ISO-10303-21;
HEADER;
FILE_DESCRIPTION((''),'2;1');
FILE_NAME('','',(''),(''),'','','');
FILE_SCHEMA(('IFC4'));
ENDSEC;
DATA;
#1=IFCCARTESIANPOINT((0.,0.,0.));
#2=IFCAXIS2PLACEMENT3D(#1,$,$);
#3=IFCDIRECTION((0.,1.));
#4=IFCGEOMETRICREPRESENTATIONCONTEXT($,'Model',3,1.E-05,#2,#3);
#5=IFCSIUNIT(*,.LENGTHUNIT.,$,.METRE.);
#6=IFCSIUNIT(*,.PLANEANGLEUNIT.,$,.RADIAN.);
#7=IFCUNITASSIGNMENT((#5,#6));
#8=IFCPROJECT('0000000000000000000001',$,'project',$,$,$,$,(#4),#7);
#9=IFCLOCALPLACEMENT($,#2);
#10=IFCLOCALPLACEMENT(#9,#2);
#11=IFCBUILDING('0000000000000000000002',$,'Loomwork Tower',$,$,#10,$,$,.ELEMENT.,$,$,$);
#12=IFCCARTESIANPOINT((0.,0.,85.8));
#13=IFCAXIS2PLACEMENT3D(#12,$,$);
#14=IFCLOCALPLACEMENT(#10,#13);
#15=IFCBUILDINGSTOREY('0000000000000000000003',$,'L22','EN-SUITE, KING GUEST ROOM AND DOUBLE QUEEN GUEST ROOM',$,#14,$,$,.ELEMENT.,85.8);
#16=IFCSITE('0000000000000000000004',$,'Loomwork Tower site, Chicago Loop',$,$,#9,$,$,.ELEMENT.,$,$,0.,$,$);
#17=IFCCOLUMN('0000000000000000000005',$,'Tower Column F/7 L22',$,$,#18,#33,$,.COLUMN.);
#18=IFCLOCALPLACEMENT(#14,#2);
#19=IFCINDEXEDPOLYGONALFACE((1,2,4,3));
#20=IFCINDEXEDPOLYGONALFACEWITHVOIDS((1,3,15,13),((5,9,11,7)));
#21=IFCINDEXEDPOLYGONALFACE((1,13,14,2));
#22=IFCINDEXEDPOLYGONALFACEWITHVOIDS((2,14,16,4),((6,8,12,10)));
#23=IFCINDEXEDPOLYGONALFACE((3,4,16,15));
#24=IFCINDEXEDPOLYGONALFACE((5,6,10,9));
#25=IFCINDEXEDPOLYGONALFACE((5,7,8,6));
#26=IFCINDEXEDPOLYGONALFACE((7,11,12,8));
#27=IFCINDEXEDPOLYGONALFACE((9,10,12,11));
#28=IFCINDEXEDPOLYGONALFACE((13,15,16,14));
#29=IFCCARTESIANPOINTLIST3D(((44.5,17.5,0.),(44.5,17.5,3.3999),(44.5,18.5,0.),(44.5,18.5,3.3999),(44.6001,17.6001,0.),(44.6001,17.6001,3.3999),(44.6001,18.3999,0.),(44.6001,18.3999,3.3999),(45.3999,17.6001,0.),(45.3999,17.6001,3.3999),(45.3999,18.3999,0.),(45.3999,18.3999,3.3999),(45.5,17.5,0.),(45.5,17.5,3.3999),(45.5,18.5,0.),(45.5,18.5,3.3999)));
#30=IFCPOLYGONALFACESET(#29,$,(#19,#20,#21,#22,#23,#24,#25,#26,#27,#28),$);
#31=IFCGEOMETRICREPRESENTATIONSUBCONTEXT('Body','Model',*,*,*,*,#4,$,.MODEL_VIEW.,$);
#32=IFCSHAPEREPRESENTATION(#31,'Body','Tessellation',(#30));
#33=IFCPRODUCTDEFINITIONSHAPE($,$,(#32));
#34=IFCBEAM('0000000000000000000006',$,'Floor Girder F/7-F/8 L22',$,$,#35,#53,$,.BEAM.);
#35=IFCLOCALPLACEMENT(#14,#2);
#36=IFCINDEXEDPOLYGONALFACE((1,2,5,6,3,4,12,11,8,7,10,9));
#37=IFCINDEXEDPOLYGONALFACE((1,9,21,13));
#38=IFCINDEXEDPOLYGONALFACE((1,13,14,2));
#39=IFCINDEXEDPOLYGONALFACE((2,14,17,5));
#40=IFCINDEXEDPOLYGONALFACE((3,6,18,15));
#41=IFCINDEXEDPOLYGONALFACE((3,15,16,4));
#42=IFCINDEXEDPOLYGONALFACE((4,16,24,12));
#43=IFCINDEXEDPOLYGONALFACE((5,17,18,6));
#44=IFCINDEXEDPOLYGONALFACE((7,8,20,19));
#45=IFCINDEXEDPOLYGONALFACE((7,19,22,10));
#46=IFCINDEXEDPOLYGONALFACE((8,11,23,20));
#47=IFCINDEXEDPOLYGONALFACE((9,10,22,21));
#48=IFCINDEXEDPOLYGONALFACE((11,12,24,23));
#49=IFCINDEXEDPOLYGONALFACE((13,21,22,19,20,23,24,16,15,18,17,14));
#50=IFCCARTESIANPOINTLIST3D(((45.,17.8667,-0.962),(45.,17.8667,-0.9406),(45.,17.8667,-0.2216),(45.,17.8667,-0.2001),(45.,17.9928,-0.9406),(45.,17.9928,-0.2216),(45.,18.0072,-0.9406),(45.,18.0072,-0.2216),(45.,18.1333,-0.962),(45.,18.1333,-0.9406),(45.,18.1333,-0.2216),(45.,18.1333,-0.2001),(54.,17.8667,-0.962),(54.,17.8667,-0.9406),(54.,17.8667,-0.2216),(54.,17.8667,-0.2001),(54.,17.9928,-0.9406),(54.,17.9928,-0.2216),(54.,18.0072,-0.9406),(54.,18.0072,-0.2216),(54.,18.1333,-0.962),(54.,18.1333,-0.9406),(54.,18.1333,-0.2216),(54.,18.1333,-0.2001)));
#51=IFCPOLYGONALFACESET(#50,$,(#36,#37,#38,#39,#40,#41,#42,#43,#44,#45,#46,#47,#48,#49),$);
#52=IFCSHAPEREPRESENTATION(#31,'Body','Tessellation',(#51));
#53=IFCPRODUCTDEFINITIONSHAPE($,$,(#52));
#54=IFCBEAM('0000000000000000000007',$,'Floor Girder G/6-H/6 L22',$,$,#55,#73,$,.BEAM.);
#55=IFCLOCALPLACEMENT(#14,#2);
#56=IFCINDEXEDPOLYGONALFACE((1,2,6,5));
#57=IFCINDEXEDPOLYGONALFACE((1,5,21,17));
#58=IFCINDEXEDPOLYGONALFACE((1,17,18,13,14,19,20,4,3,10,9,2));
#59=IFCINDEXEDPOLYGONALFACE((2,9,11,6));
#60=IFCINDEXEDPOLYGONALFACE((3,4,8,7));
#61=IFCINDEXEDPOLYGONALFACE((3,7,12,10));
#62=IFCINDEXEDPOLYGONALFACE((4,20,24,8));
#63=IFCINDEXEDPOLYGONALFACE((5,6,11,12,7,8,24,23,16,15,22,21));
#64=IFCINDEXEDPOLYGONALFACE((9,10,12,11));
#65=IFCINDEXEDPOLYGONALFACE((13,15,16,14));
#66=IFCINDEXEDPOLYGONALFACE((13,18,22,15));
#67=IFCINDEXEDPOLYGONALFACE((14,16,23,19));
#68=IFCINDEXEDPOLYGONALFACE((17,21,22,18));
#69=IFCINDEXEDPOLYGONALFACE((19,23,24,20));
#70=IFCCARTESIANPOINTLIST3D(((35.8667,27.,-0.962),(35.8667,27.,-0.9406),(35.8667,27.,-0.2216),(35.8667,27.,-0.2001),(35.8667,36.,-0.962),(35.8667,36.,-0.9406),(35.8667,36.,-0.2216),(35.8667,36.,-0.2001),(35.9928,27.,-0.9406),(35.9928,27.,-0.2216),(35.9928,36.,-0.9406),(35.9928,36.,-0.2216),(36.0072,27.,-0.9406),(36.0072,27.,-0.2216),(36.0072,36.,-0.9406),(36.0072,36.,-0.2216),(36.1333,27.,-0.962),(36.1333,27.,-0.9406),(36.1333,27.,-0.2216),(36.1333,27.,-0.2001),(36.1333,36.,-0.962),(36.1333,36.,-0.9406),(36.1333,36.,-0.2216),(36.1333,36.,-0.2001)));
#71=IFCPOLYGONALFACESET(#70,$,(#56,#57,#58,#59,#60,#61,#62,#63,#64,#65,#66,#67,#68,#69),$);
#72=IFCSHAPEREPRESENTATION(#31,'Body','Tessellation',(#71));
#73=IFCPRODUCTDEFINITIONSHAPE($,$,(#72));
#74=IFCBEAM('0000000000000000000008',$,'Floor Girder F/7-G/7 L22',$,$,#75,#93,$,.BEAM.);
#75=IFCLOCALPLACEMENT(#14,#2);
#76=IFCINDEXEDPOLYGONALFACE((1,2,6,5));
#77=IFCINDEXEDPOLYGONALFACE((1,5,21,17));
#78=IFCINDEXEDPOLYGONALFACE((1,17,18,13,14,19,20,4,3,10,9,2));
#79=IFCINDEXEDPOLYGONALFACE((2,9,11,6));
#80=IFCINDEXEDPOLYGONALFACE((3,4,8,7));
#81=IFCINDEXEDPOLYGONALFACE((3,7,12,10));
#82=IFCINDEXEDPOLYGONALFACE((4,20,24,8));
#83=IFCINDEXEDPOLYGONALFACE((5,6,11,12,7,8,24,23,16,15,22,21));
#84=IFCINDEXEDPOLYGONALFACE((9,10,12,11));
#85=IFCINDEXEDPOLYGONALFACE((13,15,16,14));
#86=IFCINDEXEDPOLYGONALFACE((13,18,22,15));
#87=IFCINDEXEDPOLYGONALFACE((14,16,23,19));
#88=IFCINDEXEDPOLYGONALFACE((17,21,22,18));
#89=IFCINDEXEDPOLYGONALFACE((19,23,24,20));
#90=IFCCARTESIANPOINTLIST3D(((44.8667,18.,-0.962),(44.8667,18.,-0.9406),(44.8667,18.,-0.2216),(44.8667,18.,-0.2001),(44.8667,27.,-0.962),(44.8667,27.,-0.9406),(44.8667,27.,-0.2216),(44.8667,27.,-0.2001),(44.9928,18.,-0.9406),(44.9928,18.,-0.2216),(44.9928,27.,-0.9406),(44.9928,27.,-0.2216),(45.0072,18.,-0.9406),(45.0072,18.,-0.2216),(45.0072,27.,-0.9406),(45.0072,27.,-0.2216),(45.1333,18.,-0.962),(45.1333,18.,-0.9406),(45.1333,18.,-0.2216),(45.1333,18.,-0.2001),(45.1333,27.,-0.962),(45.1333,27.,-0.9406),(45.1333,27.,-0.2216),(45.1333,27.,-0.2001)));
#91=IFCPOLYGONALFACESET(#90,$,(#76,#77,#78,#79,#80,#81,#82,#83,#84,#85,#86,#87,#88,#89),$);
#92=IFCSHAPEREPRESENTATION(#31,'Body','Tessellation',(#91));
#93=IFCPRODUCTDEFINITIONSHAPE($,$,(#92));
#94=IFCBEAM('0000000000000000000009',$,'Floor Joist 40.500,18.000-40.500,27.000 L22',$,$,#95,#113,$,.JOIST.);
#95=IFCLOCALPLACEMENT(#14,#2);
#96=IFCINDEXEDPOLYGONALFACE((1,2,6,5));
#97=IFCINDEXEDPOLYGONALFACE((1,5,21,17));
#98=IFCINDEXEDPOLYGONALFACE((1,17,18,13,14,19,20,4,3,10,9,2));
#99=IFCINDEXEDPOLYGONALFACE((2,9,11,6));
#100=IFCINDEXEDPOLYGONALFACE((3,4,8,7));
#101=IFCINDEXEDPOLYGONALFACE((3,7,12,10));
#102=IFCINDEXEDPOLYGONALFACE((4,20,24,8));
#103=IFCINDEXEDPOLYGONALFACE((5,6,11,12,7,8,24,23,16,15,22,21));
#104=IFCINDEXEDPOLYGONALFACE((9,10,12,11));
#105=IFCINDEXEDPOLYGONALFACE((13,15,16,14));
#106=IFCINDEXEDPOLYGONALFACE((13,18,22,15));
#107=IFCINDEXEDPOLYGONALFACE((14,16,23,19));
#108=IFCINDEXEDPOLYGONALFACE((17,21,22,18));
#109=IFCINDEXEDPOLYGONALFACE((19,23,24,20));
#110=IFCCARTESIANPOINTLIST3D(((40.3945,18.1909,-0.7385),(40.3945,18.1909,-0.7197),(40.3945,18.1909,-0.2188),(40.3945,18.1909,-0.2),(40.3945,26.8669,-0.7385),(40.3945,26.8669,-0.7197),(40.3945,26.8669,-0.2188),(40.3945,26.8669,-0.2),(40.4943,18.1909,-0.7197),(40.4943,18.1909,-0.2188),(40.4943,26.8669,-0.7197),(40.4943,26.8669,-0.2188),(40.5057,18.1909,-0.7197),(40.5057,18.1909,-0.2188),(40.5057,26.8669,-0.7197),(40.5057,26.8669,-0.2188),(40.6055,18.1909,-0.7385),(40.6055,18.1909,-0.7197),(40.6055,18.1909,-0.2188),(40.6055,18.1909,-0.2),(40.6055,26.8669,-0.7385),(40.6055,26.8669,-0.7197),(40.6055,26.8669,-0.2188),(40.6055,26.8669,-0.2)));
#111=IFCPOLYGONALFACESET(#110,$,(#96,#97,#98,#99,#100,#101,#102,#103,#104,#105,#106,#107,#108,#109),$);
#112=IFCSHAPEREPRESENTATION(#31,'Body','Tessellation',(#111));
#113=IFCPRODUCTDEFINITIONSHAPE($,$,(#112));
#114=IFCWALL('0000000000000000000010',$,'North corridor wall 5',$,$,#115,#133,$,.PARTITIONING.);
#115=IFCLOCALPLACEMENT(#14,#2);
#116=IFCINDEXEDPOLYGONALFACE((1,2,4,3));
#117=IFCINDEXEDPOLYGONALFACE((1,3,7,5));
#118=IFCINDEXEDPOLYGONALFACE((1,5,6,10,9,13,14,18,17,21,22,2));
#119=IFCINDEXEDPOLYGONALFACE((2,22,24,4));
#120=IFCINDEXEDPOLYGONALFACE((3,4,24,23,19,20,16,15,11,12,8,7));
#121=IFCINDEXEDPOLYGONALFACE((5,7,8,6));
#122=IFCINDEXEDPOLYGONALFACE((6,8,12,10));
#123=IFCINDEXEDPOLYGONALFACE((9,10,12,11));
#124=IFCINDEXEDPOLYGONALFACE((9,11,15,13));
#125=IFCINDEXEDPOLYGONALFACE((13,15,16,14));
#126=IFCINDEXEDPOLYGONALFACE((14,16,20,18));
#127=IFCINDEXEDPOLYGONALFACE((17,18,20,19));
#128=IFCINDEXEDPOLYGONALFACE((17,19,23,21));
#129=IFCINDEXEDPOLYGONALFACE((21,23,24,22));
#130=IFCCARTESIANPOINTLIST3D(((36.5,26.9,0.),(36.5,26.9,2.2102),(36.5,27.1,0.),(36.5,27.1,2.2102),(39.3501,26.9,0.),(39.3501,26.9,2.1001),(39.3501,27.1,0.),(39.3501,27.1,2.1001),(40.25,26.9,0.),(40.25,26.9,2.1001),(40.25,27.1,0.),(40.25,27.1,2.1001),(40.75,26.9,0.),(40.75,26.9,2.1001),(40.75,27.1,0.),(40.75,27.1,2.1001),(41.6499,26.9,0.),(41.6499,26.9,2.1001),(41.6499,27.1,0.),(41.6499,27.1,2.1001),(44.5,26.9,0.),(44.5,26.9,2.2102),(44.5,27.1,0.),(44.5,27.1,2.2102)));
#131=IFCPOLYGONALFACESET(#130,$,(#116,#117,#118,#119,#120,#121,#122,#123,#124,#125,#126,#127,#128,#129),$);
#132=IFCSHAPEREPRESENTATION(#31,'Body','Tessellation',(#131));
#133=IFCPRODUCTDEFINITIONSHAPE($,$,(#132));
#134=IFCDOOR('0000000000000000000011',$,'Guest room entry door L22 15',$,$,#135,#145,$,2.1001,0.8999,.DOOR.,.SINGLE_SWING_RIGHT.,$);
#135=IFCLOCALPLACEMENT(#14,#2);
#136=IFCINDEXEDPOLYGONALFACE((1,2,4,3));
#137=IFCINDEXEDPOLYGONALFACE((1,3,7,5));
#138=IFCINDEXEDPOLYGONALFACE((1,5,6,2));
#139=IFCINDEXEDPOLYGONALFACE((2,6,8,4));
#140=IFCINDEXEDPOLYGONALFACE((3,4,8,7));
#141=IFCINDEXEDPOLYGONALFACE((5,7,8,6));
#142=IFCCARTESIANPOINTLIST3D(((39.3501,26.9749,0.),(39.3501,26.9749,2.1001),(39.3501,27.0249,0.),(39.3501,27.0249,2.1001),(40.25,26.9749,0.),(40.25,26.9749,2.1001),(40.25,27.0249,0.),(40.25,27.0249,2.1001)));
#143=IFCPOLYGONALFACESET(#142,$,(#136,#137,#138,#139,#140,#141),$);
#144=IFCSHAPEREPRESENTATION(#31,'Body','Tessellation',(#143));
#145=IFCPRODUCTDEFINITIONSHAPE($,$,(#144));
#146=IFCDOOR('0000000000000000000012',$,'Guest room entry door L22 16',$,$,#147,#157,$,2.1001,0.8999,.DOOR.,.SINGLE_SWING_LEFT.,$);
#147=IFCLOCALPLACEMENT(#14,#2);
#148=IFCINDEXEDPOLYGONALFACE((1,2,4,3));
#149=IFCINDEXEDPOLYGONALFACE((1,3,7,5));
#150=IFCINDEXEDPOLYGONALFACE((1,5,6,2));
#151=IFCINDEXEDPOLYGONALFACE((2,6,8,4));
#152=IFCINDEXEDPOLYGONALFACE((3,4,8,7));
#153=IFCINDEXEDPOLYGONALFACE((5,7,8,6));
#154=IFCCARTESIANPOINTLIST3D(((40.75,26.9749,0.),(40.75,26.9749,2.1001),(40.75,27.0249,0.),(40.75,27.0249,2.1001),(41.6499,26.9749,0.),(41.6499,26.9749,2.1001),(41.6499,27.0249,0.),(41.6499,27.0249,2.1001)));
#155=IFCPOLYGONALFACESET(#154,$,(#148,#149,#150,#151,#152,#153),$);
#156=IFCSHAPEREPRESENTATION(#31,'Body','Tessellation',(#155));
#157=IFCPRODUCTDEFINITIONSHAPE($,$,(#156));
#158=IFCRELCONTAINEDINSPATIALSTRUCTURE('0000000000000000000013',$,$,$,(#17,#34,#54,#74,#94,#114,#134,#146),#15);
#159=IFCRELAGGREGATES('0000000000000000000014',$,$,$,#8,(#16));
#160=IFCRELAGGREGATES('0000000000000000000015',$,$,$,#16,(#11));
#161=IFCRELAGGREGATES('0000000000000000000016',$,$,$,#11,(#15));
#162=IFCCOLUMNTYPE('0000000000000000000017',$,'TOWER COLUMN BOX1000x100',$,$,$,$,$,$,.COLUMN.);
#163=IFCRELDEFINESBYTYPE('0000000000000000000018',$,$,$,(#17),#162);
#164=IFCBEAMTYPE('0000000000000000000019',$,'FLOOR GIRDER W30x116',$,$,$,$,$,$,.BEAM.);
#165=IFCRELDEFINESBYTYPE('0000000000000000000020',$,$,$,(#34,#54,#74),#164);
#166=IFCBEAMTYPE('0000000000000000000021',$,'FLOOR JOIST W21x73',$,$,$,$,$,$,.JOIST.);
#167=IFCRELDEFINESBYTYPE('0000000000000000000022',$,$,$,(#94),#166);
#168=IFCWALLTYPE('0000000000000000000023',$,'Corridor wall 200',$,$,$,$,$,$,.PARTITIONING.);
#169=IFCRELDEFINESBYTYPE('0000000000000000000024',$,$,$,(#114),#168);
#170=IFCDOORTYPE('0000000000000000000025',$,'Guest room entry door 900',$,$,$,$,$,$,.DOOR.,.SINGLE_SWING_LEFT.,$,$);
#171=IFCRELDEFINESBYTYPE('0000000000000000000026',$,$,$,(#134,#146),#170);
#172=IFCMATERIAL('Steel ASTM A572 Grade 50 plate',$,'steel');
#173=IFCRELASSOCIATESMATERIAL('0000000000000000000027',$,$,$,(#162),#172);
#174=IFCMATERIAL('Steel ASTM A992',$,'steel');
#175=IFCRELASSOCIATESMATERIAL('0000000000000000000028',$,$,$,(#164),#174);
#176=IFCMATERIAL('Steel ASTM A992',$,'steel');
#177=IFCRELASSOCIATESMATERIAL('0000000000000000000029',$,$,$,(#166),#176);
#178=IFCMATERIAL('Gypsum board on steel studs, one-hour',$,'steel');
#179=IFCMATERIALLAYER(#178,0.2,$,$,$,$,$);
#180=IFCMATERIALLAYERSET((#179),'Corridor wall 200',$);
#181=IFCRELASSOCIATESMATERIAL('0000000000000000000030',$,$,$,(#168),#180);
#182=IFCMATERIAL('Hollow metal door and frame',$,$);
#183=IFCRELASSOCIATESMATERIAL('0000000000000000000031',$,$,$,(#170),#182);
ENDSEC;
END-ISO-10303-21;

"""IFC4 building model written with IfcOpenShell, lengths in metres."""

from ifc_helpers import new_model, si_unit, direction, frame, frame_2d, origin, origin_2d, place, context, subcontext, project, spatial, rectangle, hollow_rectangle, i_section, extrude, material, layer, layer_set, material_profile, profile_set, type_object, element, fill, save


model = new_model("IFC4")

# Units and contexts
model_context = context("Model", 3, precision=1e-05, world=origin(), true_north=direction((0.0, 1.0)))
body_context = subcontext(model_context, "Body", "Model", "MODEL_VIEW")
ifc_project = project(units=[si_unit("LENGTHUNIT", "METRE"), si_unit("PLANEANGLEUNIT", "RADIAN")], contexts=[model_context])

# Site, building, storey
site_placement = place(None, origin())
site = spatial("IfcSite", under=ifc_project, at=site_placement, Name="Loomwork Tower site, Chicago Loop", CompositionType="ELEMENT", RefElevation=0.0)
building_placement = place(site_placement, origin())
building = spatial("IfcBuilding", under=site, at=building_placement, Name="Loomwork Tower", CompositionType="ELEMENT")
storey_placement = place(building_placement, frame((0.0, 0.0, 85.8)))
storey = spatial("IfcBuildingStorey", under=building, at=storey_placement, Name="L22", Description="EN-SUITE, KING GUEST ROOM AND DOUBLE QUEEN GUEST ROOM", CompositionType="ELEMENT", Elevation=85.8)

# Column
ifc_material_1 = material(Name="Steel ASTM A572 Grade 50 plate", Category="steel")
ifc_material_profile_1 = material_profile(ifc_material_1, hollow_rectangle(XDim=1.0, YDim=1.0, WallThickness=0.1001, at=origin_2d()), Name="BOX1000x100")
ifc_profile_set_1 = profile_set([ifc_material_profile_1], Name="Steel ASTM A572 Grade 50 plate")
column_type = type_object("IfcColumnType", Name="TOWER COLUMN BOX1000x100", PredefinedType="COLUMN", material=ifc_profile_set_1)
column_placement = place(storey_placement, frame((45.0, 18.0, 0.0), z_axis=(0.0, 0.0, 1.0), x_axis=(0.0, 1.0, 0.0)))
element("IfcColumn", 1, at=column_placement, inside=storey, type_object=column_type, Name="Tower Column F/7 L22", PredefinedType="COLUMN", context=body_context, shape_type="SweptSolid", body=[
    extrude(hollow_rectangle(XDim=1.0, YDim=1.0, WallThickness=0.1001, at=origin_2d()), origin(), (0.0, 0.0, 1.0), 3.3999),
])

# Beams
ifc_material_2 = material(Name="Steel ASTM A992", Category="steel")
ifc_material_profile_2 = material_profile(ifc_material_2, i_section(OverallWidth=0.2666, OverallDepth=0.762, WebThickness=0.0144, FlangeThickness=0.0215, at=origin_2d()), Name="W30x116")
ifc_profile_set_2 = profile_set([ifc_material_profile_2], Name="Steel ASTM A992")
beam_type_1 = type_object("IfcBeamType", Name="FLOOR GIRDER W30x116", PredefinedType="BEAM", material=ifc_profile_set_2)
for number, where, z_axis, x_axis, name in (
    (2, (45.0, 18.0, -0.5811), (1.0, 0.0, 0.0), (0.0, 1.0, 0.0), "Floor Girder F/7-F/8 L22"),
    (3, (36.0, 27.0, -0.5811), (0.0, 1.0, 0.0), (-1.0, 0.0, 0.0), "Floor Girder G/6-H/6 L22"),
    (4, (45.0, 18.0, -0.5811), (0.0, 1.0, 0.0), (-1.0, 0.0, 0.0), "Floor Girder F/7-G/7 L22"),
):
    element("IfcBeam", number, at=place(storey_placement, frame(where, z_axis=z_axis, x_axis=x_axis)), inside=storey, type_object=beam_type_1, Name=name, PredefinedType="BEAM", context=body_context, shape_type="SweptSolid", body=[
        extrude(i_section(OverallWidth=0.2666, OverallDepth=0.762, WebThickness=0.0144, FlangeThickness=0.0215, at=origin_2d()), origin(), (0.0, 0.0, 1.0), 9.0),
    ])
ifc_material_3 = material(Name="Steel ASTM A992", Category="steel")
ifc_material_profile_3 = material_profile(ifc_material_3, i_section(OverallWidth=0.2109, OverallDepth=0.5386, WebThickness=0.0115, FlangeThickness=0.0188, at=origin_2d()), Name="W21x73")
ifc_profile_set_3 = profile_set([ifc_material_profile_3], Name="Steel ASTM A992")
beam_type_2 = type_object("IfcBeamType", Name="FLOOR JOIST W21x73", PredefinedType="JOIST", material=ifc_profile_set_3)
beam_placement = place(storey_placement, frame((40.5, 18.1909, -0.4692), z_axis=(0.0, 1.0, 0.0), x_axis=(-1.0, 0.0, 0.0)))
element("IfcBeam", 5, at=beam_placement, inside=storey, type_object=beam_type_2, Name="Floor Joist 40.500,18.000-40.500,27.000 L22", PredefinedType="JOIST", context=body_context, shape_type="SweptSolid", body=[
    extrude(i_section(OverallWidth=0.2109, OverallDepth=0.5386, WebThickness=0.0115, FlangeThickness=0.0188, at=origin_2d()), origin(), (0.0, 0.0, 1.0), 8.676),
])

# Wall, openings, doors
ifc_material_4 = material(Name="Gypsum board on steel studs, one-hour", Category="steel")
ifc_layer_1 = layer(ifc_material_4, 0.2)
ifc_layer_set_1 = layer_set([ifc_layer_1], Name="Corridor wall 200")
wall_type_1 = type_object("IfcWallType", Name="Corridor wall 200", PredefinedType="PARTITIONING", material=ifc_layer_set_1)
wall_1_placement = place(storey_placement, frame((36.5, 27.0, 0.0), z_axis=(0.0, 0.0, 1.0), x_axis=(1.0, 0.0, 0.0)))
wall_1 = element("IfcWall", 6, at=wall_1_placement, inside=storey, type_object=wall_type_1, Name="North corridor wall 5", PredefinedType="PARTITIONING", context=body_context, shape_type="SweptSolid", body=[
    extrude(rectangle(XDim=8.0, YDim=0.2, at=frame_2d((4.0, 0.0))), origin(), (0.0, 0.0, 1.0), 2.2102),
])
opening_1_placement = place(wall_1_placement, frame((2.8501, 0.0, 0.0)))
opening_1 = element("IfcOpeningElement", 7, at=opening_1_placement, cuts=wall_1, PredefinedType="OPENING", context=body_context, shape_type="SweptSolid", body=[
    extrude(rectangle(XDim=0.8999, YDim=2.1001, at=frame_2d((0.45, 1.05))), frame((0.0, 0.1099, 0.0), z_axis=(0.0, -1.0, 0.0), x_axis=(1.0, 0.0, 0.0)), (0.0, 0.0, 1.0), 0.22),
])
opening_2_placement = place(wall_1_placement, frame((4.25, 0.0, 0.0)))
opening_2 = element("IfcOpeningElement", 8, at=opening_2_placement, cuts=wall_1, PredefinedType="OPENING", context=body_context, shape_type="SweptSolid", body=[
    extrude(rectangle(XDim=0.8999, YDim=2.1001, at=frame_2d((0.45, 1.05))), frame((0.0, 0.1099, 0.0), z_axis=(0.0, -1.0, 0.0), x_axis=(1.0, 0.0, 0.0)), (0.0, 0.0, 1.0), 0.22),
])
ifc_material_5 = material(Name="Hollow metal door and frame")
door_type_1 = type_object("IfcDoorType", Name="Guest room entry door 900", OperationType="SINGLE_SWING_LEFT", PredefinedType="DOOR", material=ifc_material_5)
door_1_placement = place(opening_1_placement, origin())
door_1 = element("IfcDoor", 9, at=door_1_placement, inside=storey, type_object=door_type_1, Name="Guest room entry door L22 15", OperationType="SINGLE_SWING_RIGHT", OverallHeight=2.1001, OverallWidth=0.8999, PredefinedType="DOOR", context=body_context, shape_type="SweptSolid", body=[
    extrude(rectangle(XDim=0.8999, YDim=2.1001, at=frame_2d((0.45, 1.05))), frame((0.0, 0.0249, 0.0), z_axis=(0.0, -1.0, 0.0), x_axis=(1.0, 0.0, 0.0)), (0.0, 0.0, 1.0), 0.05),
])
fill(opening_1, door_1)
door_2_placement = place(opening_2_placement, origin())
door_2 = element("IfcDoor", 10, at=door_2_placement, inside=storey, type_object=door_type_1, Name="Guest room entry door L22 16", OperationType="SINGLE_SWING_LEFT", OverallHeight=2.1001, OverallWidth=0.8999, PredefinedType="DOOR", context=body_context, shape_type="SweptSolid", body=[
    extrude(rectangle(XDim=0.8999, YDim=2.1001, at=frame_2d((0.45, 1.05))), frame((0.0, 0.0249, 0.0), z_axis=(0.0, -1.0, 0.0), x_axis=(1.0, 0.0, 0.0)), (0.0, 0.0, 1.0), 0.05),
])
fill(opening_2, door_2)

save(model, "model.ifc")
